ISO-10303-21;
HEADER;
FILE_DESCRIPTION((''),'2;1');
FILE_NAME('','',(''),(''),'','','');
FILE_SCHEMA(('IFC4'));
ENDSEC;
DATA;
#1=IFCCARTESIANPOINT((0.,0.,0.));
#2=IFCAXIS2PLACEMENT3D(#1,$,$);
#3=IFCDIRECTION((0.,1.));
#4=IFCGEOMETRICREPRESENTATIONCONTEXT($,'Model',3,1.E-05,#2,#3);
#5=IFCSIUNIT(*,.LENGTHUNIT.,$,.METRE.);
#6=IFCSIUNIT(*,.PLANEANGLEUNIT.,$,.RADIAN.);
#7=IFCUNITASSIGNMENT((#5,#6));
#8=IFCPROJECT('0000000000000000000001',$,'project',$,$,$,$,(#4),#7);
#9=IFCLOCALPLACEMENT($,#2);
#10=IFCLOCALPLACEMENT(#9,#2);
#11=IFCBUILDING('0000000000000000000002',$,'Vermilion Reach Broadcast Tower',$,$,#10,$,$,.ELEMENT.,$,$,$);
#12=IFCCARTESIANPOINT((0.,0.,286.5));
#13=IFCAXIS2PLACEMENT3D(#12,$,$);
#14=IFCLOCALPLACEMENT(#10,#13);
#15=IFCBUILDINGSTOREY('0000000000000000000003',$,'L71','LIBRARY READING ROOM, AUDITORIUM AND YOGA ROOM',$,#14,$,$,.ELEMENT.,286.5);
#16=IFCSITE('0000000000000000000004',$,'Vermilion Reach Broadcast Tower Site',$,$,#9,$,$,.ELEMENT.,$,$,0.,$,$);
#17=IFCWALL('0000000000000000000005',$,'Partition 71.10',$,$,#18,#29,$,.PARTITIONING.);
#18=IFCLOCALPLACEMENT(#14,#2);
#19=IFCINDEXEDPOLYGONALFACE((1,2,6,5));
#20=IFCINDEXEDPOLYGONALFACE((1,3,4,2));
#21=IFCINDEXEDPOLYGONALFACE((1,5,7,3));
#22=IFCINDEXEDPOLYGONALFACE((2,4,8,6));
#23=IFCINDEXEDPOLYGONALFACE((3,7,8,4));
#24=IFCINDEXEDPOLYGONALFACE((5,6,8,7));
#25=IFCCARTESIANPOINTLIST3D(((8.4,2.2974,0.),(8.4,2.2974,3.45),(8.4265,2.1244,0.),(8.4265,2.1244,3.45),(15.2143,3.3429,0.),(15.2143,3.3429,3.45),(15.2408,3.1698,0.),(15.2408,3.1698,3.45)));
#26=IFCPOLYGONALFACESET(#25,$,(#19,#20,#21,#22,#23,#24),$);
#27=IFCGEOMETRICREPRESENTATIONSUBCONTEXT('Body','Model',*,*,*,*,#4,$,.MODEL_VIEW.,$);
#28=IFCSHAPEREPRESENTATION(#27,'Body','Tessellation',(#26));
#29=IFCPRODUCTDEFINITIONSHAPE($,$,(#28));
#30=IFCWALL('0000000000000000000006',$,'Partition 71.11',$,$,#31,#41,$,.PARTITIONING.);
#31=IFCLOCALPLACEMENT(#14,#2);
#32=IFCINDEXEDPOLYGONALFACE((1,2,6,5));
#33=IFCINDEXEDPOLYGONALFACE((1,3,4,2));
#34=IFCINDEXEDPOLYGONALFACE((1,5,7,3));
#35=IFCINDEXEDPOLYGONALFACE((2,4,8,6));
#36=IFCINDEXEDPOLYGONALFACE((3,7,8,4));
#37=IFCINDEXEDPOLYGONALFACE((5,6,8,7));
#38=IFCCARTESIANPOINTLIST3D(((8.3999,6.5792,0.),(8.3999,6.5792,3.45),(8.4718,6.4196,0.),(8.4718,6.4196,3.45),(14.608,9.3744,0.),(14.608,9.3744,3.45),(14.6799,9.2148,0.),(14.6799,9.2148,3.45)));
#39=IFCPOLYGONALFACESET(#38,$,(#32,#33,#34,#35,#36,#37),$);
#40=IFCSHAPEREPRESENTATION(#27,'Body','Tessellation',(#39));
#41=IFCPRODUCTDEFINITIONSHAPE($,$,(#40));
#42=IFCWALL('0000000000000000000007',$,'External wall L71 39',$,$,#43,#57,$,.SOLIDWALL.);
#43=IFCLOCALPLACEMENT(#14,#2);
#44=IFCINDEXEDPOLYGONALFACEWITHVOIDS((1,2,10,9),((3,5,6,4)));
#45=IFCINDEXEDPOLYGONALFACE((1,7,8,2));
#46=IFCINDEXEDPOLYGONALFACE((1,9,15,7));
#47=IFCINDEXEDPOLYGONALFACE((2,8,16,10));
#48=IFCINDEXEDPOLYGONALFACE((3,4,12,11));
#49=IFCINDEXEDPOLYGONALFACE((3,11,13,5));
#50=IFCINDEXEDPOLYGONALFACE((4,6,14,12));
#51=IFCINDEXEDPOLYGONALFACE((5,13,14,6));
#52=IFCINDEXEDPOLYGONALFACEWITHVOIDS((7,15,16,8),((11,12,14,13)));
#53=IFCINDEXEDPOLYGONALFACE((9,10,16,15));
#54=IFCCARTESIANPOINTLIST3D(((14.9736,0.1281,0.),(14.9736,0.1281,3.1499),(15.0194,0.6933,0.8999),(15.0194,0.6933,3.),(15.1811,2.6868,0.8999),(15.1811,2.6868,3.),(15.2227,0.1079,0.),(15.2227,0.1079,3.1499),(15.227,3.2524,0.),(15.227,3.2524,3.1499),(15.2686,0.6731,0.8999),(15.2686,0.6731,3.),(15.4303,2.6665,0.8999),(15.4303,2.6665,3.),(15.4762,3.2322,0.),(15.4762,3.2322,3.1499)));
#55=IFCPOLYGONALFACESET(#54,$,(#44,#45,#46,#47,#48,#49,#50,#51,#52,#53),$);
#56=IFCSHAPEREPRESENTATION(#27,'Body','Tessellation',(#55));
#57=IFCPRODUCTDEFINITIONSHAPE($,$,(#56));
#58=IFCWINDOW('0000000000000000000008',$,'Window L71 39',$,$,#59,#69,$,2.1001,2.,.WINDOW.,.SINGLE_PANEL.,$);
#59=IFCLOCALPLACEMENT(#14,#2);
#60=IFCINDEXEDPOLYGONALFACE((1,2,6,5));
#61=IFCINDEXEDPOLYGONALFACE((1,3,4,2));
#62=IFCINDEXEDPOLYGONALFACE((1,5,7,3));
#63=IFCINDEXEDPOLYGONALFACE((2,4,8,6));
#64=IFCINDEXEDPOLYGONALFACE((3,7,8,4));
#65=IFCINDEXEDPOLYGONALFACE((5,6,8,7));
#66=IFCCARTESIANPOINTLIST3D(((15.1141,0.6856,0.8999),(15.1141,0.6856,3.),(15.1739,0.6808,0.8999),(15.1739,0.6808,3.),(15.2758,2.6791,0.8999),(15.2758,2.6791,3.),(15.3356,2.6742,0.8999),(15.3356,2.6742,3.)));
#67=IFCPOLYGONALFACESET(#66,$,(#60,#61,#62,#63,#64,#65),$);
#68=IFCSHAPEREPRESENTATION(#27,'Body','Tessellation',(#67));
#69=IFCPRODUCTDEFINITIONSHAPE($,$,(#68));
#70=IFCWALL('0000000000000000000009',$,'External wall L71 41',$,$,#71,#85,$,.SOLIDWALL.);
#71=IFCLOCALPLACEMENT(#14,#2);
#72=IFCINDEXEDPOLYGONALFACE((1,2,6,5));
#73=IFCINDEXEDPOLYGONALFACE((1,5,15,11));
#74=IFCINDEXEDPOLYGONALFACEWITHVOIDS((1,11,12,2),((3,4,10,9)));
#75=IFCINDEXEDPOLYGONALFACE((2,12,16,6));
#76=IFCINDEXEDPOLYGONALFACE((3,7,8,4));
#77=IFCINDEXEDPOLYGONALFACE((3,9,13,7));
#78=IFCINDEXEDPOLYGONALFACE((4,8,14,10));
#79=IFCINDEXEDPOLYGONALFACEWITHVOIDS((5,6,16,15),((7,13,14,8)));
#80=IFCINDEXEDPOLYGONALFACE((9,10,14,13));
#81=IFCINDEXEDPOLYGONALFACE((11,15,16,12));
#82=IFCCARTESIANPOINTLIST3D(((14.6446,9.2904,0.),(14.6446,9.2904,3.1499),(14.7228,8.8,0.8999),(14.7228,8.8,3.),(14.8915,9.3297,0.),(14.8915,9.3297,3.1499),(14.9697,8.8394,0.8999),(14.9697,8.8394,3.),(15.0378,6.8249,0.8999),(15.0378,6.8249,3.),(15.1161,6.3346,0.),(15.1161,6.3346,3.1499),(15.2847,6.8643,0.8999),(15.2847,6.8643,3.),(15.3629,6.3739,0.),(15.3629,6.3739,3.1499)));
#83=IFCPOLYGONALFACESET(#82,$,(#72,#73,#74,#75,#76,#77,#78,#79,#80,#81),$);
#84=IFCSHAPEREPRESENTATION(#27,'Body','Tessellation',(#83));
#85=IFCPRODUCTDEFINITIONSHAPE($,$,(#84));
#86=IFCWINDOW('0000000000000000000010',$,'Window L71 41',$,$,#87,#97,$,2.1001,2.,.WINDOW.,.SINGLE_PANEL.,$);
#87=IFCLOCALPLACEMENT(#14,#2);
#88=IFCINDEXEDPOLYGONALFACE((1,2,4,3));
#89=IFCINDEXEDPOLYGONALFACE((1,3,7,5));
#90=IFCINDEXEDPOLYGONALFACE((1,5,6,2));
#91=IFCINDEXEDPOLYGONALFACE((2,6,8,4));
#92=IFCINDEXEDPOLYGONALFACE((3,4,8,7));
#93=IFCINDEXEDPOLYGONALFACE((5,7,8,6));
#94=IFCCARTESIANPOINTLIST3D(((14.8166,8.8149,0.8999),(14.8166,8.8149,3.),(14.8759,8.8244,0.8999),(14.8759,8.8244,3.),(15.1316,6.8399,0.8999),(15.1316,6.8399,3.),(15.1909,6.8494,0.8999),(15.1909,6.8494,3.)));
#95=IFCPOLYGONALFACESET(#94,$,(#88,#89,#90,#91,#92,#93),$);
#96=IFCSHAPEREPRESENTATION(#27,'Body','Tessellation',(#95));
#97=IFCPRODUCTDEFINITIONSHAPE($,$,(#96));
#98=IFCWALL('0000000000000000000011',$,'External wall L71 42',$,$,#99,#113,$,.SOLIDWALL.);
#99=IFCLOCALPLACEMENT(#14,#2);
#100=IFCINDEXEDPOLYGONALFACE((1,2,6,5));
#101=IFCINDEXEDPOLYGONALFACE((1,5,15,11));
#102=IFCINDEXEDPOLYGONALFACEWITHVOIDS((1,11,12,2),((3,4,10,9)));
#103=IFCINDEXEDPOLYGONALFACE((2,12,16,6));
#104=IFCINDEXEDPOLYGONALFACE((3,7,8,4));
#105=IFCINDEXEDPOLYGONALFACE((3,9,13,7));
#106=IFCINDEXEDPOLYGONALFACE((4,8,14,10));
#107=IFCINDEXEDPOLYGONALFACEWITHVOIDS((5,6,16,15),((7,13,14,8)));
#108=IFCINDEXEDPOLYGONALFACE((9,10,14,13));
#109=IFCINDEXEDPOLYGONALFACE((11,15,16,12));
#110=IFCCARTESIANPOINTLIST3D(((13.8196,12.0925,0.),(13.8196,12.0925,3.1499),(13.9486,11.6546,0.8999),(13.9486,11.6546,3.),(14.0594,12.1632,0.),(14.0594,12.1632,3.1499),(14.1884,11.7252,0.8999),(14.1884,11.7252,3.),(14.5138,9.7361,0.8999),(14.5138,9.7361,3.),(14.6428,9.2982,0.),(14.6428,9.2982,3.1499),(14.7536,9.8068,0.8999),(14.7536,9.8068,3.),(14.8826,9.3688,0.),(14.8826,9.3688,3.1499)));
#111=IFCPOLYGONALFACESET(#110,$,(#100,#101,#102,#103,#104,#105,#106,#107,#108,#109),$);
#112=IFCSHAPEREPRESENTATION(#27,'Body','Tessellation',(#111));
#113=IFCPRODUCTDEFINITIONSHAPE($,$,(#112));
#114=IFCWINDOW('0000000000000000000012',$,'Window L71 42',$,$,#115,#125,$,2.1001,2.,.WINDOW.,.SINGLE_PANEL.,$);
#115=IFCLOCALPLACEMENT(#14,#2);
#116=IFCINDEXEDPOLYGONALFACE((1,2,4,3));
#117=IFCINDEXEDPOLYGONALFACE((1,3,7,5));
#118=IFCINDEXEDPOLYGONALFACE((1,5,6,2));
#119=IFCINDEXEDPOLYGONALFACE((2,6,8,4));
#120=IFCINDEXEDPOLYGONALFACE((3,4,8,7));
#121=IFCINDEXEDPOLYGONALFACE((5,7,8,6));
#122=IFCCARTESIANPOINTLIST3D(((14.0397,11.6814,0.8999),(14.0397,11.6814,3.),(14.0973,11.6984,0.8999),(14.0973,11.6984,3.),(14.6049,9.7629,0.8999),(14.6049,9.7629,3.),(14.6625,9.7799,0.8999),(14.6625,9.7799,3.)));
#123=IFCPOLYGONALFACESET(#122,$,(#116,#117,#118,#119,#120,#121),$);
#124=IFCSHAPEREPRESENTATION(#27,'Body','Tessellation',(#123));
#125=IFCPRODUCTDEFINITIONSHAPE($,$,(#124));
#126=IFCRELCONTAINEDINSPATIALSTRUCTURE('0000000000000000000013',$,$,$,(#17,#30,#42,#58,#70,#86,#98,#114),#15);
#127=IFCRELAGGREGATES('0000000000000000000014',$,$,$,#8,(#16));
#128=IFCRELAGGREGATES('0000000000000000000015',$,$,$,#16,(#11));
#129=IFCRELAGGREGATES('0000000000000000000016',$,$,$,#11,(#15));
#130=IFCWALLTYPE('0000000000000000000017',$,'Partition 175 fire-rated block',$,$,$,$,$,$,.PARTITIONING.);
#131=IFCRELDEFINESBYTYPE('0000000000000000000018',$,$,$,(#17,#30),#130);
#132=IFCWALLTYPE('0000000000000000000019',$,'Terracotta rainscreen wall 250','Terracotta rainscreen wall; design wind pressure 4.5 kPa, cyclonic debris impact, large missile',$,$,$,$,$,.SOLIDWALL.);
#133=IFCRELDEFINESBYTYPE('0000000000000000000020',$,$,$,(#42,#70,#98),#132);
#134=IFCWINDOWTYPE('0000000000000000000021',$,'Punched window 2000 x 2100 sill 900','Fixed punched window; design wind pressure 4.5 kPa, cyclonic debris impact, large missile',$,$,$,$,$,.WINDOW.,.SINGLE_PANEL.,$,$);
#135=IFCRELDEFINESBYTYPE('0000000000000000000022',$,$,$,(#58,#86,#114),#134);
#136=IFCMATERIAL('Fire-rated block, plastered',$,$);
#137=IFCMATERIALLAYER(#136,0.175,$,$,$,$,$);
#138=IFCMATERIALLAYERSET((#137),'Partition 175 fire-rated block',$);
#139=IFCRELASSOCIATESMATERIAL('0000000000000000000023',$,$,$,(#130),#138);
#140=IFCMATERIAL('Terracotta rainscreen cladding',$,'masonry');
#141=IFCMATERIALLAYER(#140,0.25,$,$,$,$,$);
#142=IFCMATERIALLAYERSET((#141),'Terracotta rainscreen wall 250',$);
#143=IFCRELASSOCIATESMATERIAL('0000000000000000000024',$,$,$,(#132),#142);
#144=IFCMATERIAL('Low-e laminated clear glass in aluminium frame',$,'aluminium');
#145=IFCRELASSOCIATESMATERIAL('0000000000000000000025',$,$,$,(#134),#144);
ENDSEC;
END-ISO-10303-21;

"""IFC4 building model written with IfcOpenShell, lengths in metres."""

from ifc_helpers import new_model, si_unit, direction, frame, frame_2d, origin, place, context, subcontext, project, spatial, rectangle, extrude, material, layer, layer_set, type_object, element, fill, save


model = new_model("IFC4")

# Units and contexts
model_context = context("Model", 3, precision=1e-05, world=origin(), true_north=direction((0.0, 1.0)))
body_context = subcontext(model_context, "Body", "Model", "MODEL_VIEW")
ifc_project = project(units=[si_unit("LENGTHUNIT", "METRE"), si_unit("PLANEANGLEUNIT", "RADIAN")], contexts=[model_context])

# Site, building, storey
site_placement = place(None, origin())
site = spatial("IfcSite", under=ifc_project, at=site_placement, Name="Vermilion Reach Broadcast Tower Site", CompositionType="ELEMENT", RefElevation=0.0)
building_placement = place(site_placement, origin())
building = spatial("IfcBuilding", under=site, at=building_placement, Name="Vermilion Reach Broadcast Tower", CompositionType="ELEMENT")
storey_placement = place(building_placement, frame((0.0, 0.0, 286.5)))
storey = spatial("IfcBuildingStorey", under=building, at=storey_placement, Name="L71", Description="LIBRARY READING ROOM, AUDITORIUM AND YOGA ROOM", CompositionType="ELEMENT", Elevation=286.5)

# Walls
ifc_material_1 = material(Name="Fire-rated block, plastered")
ifc_layer_1 = layer(ifc_material_1, 0.175)
ifc_layer_set_1 = layer_set([ifc_layer_1], Name="Partition 175 fire-rated block")
wall_type_1 = type_object("IfcWallType", Name="Partition 175 fire-rated block", PredefinedType="PARTITIONING", material=ifc_layer_set_1)
wall_1_placement = place(storey_placement, frame((15.2275, 3.2563, 0.0), z_axis=(0.0, 0.0, 1.0), x_axis=(-0.988435, -0.151642, 0.0)))
element("IfcWall", 1, at=wall_1_placement, inside=storey, type_object=wall_type_1, Name="Partition 71.10", PredefinedType="PARTITIONING", context=body_context, shape_type="SweptSolid", body=[
    extrude(rectangle(XDim=6.894, YDim=0.175, at=frame_2d((3.447, 0.0))), origin(), (0.0, 0.0, 1.0), 3.45),
])
wall_2_placement = place(storey_placement, frame((14.644, 9.2947, 0.0), z_axis=(0.0, 0.0, 1.0), x_axis=(-0.911836, -0.410556, 0.0)))
element("IfcWall", 2, at=wall_2_placement, inside=storey, type_object=wall_type_1, Name="Partition 71.11", PredefinedType="PARTITIONING", context=body_context, shape_type="SweptSolid", body=[
    extrude(rectangle(XDim=6.8083, YDim=0.175, at=frame_2d((3.4043, 0.0))), origin(), (0.0, 0.0, 1.0), 3.45),
])

# Wall, opening, window
ifc_material_2 = material(Name="Terracotta rainscreen cladding", Category="masonry")
ifc_layer_2 = layer(ifc_material_2, 0.25)
ifc_layer_set_2 = layer_set([ifc_layer_2], Name="Terracotta rainscreen wall 250")
wall_type_2 = type_object("IfcWallType", Name="Terracotta rainscreen wall 250", Description="Terracotta rainscreen wall; design wind pressure 4.5 kPa, cyclonic debris impact, large missile", PredefinedType="SOLIDWALL", material=ifc_layer_set_2)
wall_3_placement = place(storey_placement, frame((15.0981, 0.1179, 0.0), z_axis=(0.0, 0.0, 1.0), x_axis=(0.080847, 0.996727, 0.0)))
wall_3 = element("IfcWall", 3, at=wall_3_placement, inside=storey, type_object=wall_type_2, Name="External wall L71 39", PredefinedType="SOLIDWALL", context=body_context, shape_type="SweptSolid", body=[
    extrude(rectangle(XDim=3.1345, YDim=0.25, at=frame_2d((1.5674, 0.0))), origin(), (0.0, 0.0, 1.0), 3.1499),
])
opening_1_placement = place(wall_3_placement, frame((0.5671, 0.0, 0.8999)))
opening_1 = element("IfcOpeningElement", 4, at=opening_1_placement, cuts=wall_3, PredefinedType="OPENING", context=body_context, shape_type="SweptSolid", body=[
    extrude(rectangle(XDim=2.0, YDim=2.1001, at=frame_2d((1.0, 1.05))), frame((0.0, 0.135, 0.0), z_axis=(0.0, -1.0, 0.0), x_axis=(1.0, 0.0, 0.0)), (0.0, 0.0, 1.0), 0.27),
])
ifc_material_3 = material(Name="Low-e laminated clear glass in aluminium frame", Category="aluminium")
window_type = type_object("IfcWindowType", Name="Punched window 2000 x 2100 sill 900", Description="Fixed punched window; design wind pressure 4.5 kPa, cyclonic debris impact, large missile", PartitioningType="SINGLE_PANEL", PredefinedType="WINDOW", material=ifc_material_3)
window_1_placement = place(opening_1_placement, origin())
window_1 = element("IfcWindow", 5, at=window_1_placement, inside=storey, type_object=window_type, Name="Window L71 39", OverallHeight=2.1001, OverallWidth=2.0, PartitioningType="SINGLE_PANEL", PredefinedType="WINDOW", context=body_context, shape_type="SweptSolid", body=[
    extrude(rectangle(XDim=2.0, YDim=2.1001, at=frame_2d((1.0, 1.05))), frame((0.0, 0.03, 0.0), z_axis=(0.0, -1.0, 0.0), x_axis=(1.0, 0.0, 0.0)), (0.0, 0.0, 1.0), 0.0601),
])
fill(opening_1, window_1)

# Walls, openings, windows
wall_4_placement = place(storey_placement, frame((15.2395, 6.3542, 0.0), z_axis=(0.0, 0.0, 1.0), x_axis=(-0.157504, 0.987518, 0.0)))
wall_4 = element("IfcWall", 6, at=wall_4_placement, inside=storey, type_object=wall_type_2, Name="External wall L71 41", PredefinedType="SOLIDWALL", context=body_context, shape_type="SweptSolid", body=[
    extrude(rectangle(XDim=2.9932, YDim=0.25, at=frame_2d((1.4966, 0.0))), origin(), (0.0, 0.0, 1.0), 3.1499),
])
opening_2_placement = place(wall_4_placement, frame((0.4966, 0.0, 0.8999)))
opening_2 = element("IfcOpeningElement", 7, at=opening_2_placement, cuts=wall_4, PredefinedType="OPENING", context=body_context, shape_type="SweptSolid", body=[
    extrude(rectangle(XDim=2.0, YDim=2.1001, at=frame_2d((1.0, 1.05))), frame((0.0, 0.135, 0.0), z_axis=(0.0, -1.0, 0.0), x_axis=(1.0, 0.0, 0.0)), (0.0, 0.0, 1.0), 0.27),
])
window_2_placement = place(opening_2_placement, origin())
window_2 = element("IfcWindow", 8, at=window_2_placement, inside=storey, type_object=window_type, Name="Window L71 41", OverallHeight=2.1001, OverallWidth=2.0, PartitioningType="SINGLE_PANEL", PredefinedType="WINDOW", context=body_context, shape_type="SweptSolid", body=[
    extrude(rectangle(XDim=2.0, YDim=2.1001, at=frame_2d((1.0, 1.05))), frame((0.0, 0.03, 0.0), z_axis=(0.0, -1.0, 0.0), x_axis=(1.0, 0.0, 0.0)), (0.0, 0.0, 1.0), 0.0601),
])
fill(opening_2, window_2)
wall_5_placement = place(storey_placement, frame((14.7627, 9.3335, 0.0), z_axis=(0.0, 0.0, 1.0), x_axis=(-0.282593, 0.95924, 0.0)))
wall_5 = element("IfcWall", 9, at=wall_5_placement, inside=storey, type_object=wall_type_2, Name="External wall L71 42", PredefinedType="SOLIDWALL", context=body_context, shape_type="SweptSolid", body=[
    extrude(rectangle(XDim=2.9131, YDim=0.25, at=frame_2d((1.4565, 0.0))), origin(), (0.0, 0.0, 1.0), 3.1499),
])
opening_3_placement = place(wall_5_placement, frame((0.4565, 0.0, 0.8999)))
opening_3 = element("IfcOpeningElement", 10, at=opening_3_placement, cuts=wall_5, PredefinedType="OPENING", context=body_context, shape_type="SweptSolid", body=[
    extrude(rectangle(XDim=2.0, YDim=2.1001, at=frame_2d((1.0, 1.05))), frame((0.0, 0.135, 0.0), z_axis=(0.0, -1.0, 0.0), x_axis=(1.0, 0.0, 0.0)), (0.0, 0.0, 1.0), 0.27),
])
window_3_placement = place(opening_3_placement, origin())
window_3 = element("IfcWindow", 11, at=window_3_placement, inside=storey, type_object=window_type, Name="Window L71 42", OverallHeight=2.1001, OverallWidth=2.0, PartitioningType="SINGLE_PANEL", PredefinedType="WINDOW", context=body_context, shape_type="SweptSolid", body=[
    extrude(rectangle(XDim=2.0, YDim=2.1001, at=frame_2d((1.0, 1.05))), frame((0.0, 0.03, 0.0), z_axis=(0.0, -1.0, 0.0), x_axis=(1.0, 0.0, 0.0)), (0.0, 0.0, 1.0), 0.0601),
])
fill(opening_3, window_3)

save(model, "model.ifc")
